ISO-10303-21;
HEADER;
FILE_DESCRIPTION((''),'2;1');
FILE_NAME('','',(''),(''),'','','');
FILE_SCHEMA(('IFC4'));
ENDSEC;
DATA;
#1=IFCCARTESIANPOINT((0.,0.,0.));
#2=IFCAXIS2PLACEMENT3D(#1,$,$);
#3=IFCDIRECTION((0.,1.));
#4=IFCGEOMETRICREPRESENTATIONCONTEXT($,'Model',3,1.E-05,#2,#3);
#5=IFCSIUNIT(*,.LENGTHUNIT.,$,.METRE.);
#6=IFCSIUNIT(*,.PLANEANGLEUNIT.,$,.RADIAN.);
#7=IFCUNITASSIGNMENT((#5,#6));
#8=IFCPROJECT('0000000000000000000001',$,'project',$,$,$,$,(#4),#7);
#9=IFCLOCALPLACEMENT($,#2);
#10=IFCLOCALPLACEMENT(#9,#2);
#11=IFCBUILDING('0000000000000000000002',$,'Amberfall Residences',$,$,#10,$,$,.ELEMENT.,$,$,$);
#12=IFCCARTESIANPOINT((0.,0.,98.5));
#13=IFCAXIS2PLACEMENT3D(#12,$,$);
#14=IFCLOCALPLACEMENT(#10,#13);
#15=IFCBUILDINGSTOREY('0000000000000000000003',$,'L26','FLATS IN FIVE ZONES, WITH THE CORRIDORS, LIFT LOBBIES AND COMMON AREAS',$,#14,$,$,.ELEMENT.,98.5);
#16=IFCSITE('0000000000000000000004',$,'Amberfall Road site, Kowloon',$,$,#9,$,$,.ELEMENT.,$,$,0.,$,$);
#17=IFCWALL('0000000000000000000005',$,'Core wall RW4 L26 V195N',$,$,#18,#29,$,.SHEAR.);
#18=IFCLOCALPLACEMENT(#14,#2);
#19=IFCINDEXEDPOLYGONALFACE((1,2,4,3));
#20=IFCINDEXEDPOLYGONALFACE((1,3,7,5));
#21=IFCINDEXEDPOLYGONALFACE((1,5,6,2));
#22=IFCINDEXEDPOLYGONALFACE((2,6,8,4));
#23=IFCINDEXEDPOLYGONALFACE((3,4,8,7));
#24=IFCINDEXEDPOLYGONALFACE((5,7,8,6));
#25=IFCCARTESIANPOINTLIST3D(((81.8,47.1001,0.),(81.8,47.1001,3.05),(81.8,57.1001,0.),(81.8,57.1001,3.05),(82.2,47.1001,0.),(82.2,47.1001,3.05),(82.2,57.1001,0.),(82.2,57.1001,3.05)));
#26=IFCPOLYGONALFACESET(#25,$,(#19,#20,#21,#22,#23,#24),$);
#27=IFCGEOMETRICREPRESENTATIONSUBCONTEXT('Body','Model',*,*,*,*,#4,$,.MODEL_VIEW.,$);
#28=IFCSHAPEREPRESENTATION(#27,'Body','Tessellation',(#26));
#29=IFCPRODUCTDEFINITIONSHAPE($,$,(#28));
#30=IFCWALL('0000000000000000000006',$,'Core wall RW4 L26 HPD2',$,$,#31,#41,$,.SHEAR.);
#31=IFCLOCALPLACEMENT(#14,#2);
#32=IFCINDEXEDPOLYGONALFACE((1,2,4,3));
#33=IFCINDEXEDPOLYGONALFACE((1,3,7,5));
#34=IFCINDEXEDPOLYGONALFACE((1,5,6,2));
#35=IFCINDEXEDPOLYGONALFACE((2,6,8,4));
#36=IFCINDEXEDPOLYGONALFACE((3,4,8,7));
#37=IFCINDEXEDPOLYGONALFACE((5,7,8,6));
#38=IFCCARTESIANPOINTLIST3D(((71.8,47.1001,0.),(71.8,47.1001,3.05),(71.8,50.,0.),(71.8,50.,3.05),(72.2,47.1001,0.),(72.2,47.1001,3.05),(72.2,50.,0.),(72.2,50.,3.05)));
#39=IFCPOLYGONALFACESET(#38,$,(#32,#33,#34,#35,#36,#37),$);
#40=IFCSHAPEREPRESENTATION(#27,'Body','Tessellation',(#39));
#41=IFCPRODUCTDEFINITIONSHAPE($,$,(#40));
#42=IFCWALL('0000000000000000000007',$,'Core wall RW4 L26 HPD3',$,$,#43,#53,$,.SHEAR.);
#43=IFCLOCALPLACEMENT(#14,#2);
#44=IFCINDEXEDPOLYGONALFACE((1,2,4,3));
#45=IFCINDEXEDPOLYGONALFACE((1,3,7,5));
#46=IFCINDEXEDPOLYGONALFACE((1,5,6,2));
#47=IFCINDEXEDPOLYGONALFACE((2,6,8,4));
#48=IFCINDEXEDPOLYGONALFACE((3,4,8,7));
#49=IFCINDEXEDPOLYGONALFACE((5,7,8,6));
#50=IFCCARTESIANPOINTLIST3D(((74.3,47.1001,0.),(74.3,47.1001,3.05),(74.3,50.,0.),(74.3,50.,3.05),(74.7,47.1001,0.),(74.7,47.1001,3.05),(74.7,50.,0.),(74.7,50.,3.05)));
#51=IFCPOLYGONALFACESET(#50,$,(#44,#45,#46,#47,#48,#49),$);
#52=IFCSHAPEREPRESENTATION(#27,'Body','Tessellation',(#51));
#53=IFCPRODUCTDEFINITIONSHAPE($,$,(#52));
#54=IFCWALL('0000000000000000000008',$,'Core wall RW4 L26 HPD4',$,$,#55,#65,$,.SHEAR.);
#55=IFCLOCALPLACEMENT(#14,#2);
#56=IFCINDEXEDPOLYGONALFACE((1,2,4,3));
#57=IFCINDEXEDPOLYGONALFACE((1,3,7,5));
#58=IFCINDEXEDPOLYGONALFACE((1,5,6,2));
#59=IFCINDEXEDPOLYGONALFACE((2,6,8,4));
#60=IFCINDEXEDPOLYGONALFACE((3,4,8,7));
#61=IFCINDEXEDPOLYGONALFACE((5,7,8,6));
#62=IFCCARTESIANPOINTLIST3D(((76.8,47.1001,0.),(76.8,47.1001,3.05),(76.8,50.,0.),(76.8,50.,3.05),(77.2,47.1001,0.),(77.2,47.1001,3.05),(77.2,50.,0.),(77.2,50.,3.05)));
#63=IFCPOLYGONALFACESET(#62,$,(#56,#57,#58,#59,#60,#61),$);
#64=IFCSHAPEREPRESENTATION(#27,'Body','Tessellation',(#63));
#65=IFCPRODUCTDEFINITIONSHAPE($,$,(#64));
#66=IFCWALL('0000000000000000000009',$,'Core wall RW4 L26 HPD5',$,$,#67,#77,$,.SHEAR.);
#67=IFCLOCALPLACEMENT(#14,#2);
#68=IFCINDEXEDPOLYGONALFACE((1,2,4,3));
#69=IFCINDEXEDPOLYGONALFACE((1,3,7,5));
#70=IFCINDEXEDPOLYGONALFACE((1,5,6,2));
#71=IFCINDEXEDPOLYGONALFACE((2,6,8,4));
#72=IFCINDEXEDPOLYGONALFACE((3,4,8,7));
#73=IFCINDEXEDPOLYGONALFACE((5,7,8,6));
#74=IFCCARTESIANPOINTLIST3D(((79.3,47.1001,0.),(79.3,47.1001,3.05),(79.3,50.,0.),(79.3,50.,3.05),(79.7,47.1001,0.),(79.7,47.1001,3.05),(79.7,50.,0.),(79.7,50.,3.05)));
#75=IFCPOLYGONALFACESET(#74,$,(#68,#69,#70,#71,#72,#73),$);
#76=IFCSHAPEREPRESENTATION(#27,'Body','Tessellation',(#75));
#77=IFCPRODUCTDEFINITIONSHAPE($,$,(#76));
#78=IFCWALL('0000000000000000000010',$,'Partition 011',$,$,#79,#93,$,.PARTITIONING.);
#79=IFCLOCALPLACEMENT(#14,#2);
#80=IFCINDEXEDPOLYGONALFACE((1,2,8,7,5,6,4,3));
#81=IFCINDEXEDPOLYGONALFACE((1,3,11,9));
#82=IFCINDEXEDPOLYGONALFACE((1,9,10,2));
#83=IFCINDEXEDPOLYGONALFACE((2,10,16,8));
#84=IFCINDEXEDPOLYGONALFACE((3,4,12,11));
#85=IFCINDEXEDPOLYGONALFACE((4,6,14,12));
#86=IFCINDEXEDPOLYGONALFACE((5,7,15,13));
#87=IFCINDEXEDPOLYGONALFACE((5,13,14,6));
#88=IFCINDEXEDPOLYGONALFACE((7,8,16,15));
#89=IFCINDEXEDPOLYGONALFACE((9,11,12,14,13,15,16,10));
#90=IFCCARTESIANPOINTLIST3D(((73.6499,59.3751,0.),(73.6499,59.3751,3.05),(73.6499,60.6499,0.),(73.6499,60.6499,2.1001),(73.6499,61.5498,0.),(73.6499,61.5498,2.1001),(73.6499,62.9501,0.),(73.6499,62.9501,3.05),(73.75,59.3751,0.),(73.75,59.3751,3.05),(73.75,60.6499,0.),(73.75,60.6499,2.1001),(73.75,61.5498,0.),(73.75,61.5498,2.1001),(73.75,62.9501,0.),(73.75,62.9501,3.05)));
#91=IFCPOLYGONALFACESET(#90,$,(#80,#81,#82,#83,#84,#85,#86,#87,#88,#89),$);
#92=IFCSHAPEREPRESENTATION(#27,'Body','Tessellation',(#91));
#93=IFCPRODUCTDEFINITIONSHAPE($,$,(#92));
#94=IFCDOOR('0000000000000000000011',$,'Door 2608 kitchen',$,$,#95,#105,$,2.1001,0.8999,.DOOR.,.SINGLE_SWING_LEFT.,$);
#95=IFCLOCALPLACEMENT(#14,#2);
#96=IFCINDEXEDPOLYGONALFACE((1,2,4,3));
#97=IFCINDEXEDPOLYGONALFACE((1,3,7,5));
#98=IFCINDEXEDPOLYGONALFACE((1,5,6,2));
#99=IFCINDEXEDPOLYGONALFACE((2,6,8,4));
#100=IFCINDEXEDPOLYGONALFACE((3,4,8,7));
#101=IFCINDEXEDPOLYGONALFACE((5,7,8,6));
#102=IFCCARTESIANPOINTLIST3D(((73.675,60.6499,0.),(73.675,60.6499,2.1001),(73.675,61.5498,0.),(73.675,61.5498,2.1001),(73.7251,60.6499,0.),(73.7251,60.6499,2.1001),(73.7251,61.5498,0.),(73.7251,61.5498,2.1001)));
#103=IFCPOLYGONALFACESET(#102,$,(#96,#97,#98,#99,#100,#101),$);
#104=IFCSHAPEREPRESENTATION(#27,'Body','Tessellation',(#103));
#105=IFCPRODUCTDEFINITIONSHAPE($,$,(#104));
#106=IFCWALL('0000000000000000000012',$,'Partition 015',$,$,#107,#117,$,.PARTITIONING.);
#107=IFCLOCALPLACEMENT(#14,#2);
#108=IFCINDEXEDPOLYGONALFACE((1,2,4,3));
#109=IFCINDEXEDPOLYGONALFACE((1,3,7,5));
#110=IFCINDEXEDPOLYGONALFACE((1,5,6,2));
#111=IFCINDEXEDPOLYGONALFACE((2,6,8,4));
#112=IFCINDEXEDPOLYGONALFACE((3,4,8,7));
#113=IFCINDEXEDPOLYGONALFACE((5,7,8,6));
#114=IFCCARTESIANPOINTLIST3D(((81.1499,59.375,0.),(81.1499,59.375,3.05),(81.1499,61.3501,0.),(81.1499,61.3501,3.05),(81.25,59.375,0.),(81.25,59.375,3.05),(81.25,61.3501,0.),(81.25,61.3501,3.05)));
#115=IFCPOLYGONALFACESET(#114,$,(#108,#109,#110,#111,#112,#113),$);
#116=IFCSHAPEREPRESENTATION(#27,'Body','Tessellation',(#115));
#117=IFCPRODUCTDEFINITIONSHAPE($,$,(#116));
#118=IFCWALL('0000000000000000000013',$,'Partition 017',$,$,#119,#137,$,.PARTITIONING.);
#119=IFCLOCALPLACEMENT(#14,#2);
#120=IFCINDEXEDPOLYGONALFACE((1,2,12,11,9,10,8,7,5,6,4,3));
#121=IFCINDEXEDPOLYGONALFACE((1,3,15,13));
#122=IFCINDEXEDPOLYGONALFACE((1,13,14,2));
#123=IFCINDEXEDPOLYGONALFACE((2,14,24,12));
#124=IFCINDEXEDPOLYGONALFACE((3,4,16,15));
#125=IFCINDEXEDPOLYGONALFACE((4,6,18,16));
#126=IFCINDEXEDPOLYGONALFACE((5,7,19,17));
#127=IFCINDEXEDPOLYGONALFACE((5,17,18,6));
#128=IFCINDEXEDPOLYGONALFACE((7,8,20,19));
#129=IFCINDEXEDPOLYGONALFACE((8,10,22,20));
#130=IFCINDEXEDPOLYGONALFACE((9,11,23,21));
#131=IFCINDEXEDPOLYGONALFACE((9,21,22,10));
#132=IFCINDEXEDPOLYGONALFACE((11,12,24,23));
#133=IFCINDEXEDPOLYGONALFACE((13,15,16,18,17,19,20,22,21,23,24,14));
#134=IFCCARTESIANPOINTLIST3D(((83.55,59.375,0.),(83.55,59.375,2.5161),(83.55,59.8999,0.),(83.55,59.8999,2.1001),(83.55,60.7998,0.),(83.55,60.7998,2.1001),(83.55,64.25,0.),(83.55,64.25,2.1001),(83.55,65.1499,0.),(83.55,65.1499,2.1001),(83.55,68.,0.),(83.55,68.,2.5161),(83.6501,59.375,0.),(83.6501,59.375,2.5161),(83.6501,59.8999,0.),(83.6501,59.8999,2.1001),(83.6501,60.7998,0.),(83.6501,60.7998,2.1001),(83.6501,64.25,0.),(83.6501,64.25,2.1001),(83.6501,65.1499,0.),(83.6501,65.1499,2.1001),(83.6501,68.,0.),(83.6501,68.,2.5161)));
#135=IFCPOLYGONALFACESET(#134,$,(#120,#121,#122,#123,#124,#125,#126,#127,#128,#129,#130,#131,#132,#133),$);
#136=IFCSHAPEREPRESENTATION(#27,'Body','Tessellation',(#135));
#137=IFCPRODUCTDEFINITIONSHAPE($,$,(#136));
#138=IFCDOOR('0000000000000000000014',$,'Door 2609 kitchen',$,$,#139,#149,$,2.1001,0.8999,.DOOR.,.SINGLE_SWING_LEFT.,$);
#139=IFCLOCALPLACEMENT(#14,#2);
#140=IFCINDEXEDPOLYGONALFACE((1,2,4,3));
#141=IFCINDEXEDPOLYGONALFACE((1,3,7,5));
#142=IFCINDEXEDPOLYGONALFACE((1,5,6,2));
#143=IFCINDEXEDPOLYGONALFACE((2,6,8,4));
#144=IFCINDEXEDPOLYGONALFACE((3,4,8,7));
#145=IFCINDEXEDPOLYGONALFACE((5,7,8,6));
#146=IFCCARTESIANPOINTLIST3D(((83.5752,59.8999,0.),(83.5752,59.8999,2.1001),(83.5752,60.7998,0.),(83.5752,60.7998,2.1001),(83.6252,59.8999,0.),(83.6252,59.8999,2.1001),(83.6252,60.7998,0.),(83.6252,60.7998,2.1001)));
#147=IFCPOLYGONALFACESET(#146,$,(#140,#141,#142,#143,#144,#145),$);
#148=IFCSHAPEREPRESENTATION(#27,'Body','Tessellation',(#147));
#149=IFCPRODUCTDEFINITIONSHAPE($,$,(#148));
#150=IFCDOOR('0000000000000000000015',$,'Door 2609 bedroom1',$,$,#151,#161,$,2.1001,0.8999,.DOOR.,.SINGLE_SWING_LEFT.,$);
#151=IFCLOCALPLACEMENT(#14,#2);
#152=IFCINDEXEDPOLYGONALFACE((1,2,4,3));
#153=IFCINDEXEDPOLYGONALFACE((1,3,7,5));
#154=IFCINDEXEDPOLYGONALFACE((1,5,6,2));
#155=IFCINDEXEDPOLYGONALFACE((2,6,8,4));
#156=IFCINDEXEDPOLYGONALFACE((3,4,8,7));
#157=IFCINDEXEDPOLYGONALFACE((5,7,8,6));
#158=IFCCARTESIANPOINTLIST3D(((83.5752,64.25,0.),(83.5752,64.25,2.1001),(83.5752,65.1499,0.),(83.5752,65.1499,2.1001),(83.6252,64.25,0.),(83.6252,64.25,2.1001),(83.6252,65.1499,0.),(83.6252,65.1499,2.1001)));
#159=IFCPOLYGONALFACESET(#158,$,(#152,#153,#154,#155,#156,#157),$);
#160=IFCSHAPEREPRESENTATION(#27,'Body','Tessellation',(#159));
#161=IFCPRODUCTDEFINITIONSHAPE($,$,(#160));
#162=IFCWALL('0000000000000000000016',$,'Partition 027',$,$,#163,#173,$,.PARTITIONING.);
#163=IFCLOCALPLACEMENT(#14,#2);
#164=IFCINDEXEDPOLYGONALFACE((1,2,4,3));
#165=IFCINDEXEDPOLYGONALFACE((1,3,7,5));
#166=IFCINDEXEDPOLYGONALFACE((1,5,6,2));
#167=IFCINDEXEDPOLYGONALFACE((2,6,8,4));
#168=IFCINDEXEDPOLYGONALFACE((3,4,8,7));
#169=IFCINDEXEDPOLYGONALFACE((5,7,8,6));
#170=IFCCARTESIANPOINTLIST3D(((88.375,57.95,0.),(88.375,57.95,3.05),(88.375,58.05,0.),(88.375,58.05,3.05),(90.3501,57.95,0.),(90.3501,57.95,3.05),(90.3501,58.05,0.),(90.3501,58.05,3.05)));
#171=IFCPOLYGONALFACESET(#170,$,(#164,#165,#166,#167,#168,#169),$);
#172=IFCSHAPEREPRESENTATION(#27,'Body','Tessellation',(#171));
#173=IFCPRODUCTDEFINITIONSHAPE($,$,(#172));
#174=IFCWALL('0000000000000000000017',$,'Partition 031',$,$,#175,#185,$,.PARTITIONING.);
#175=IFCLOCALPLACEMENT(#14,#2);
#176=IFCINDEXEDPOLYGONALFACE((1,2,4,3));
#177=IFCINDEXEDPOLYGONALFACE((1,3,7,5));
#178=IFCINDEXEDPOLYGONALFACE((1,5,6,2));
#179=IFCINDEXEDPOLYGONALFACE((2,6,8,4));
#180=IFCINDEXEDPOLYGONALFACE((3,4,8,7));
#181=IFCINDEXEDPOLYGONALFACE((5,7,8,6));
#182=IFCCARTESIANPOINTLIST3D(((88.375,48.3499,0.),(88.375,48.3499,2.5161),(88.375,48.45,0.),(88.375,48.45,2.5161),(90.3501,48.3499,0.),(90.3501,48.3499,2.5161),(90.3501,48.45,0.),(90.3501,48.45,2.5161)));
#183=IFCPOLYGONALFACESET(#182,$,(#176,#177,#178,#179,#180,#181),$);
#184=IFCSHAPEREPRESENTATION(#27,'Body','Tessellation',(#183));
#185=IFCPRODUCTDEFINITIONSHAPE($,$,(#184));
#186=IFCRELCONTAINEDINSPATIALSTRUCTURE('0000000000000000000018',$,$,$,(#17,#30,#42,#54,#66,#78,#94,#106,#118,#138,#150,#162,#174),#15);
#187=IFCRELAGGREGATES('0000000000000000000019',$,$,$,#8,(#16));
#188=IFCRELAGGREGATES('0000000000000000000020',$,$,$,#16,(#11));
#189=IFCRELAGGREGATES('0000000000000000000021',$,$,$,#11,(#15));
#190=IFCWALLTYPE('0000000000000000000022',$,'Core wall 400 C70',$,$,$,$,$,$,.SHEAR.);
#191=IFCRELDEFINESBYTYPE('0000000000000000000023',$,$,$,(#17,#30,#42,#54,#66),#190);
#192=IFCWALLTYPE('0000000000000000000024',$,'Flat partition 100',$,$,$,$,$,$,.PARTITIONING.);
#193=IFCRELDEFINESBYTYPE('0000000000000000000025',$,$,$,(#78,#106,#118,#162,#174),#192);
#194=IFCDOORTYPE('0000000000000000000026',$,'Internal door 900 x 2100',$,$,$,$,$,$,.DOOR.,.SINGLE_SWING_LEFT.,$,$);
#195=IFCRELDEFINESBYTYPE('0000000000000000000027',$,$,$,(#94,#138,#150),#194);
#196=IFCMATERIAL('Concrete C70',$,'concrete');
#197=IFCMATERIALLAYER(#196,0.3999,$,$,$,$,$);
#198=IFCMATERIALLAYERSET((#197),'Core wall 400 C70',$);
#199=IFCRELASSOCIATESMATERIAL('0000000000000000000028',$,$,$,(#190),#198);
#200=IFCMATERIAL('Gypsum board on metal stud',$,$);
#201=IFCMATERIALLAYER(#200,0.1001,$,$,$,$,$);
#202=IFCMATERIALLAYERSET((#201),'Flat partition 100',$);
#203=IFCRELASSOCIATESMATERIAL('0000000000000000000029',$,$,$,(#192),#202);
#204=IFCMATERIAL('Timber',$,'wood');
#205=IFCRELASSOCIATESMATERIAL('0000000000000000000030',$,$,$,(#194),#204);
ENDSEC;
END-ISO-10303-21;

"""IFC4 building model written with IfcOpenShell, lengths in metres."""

from ifc_helpers import new_model, si_unit, direction, frame, frame_2d, origin, place, context, subcontext, project, spatial, rectangle, extrude, material, layer, layer_set, type_object, element, fill, save


model = new_model("IFC4")

# Units and contexts
model_context = context("Model", 3, precision=1e-05, world=origin(), true_north=direction((0.0, 1.0)))
body_context = subcontext(model_context, "Body", "Model", "MODEL_VIEW")
ifc_project = project(units=[si_unit("LENGTHUNIT", "METRE"), si_unit("PLANEANGLEUNIT", "RADIAN")], contexts=[model_context])

# Site, building, storey
site_placement = place(None, origin())
site = spatial("IfcSite", under=ifc_project, at=site_placement, Name="Amberfall Road site, Kowloon", CompositionType="ELEMENT", RefElevation=0.0)
building_placement = place(site_placement, origin())
building = spatial("IfcBuilding", under=site, at=building_placement, Name="Amberfall Residences", CompositionType="ELEMENT")
storey_placement = place(building_placement, frame((0.0, 0.0, 98.5)))
storey = spatial("IfcBuildingStorey", under=building, at=storey_placement, Name="L26", Description="FLATS IN FIVE ZONES, WITH THE CORRIDORS, LIFT LOBBIES AND COMMON AREAS", CompositionType="ELEMENT", Elevation=98.5)

# Walls
ifc_material_1 = material(Name="Concrete C70", Category="concrete")
ifc_layer_1 = layer(ifc_material_1, 0.3999)
ifc_layer_set_1 = layer_set([ifc_layer_1], Name="Core wall 400 C70")
wall_type_1 = type_object("IfcWallType", Name="Core wall 400 C70", PredefinedType="SHEAR", material=ifc_layer_set_1)
wall_1_placement = place(storey_placement, frame((82.0, 47.1001, 0.0), z_axis=(0.0, 0.0, 1.0), x_axis=(0.0, 1.0, 0.0)))
element("IfcWall", 1, at=wall_1_placement, inside=storey, type_object=wall_type_1, Name="Core wall RW4 L26 V195N", PredefinedType="SHEAR", context=body_context, shape_type="SweptSolid", body=[
    extrude(rectangle(XDim=10.0, YDim=0.3999, at=frame_2d((5.0, 0.0))), origin(), (0.0, 0.0, 1.0), 3.05),
])
for number, where, z_axis, x_axis, name in (
    (2, (72.0, 47.1001, 0.0), (0.0, 0.0, 1.0), (0.0, 1.0, 0.0), "Core wall RW4 L26 HPD2"),
    (3, (74.5, 47.1001, 0.0), (0.0, 0.0, 1.0), (0.0, 1.0, 0.0), "Core wall RW4 L26 HPD3"),
    (4, (77.0, 47.1001, 0.0), (0.0, 0.0, 1.0), (0.0, 1.0, 0.0), "Core wall RW4 L26 HPD4"),
    (5, (79.5, 47.1001, 0.0), (0.0, 0.0, 1.0), (0.0, 1.0, 0.0), "Core wall RW4 L26 HPD5"),
):
    element("IfcWall", number, at=place(storey_placement, frame(where, z_axis=z_axis, x_axis=x_axis)), inside=storey, type_object=wall_type_1, Name=name, PredefinedType="SHEAR", context=body_context, shape_type="SweptSolid", body=[
        extrude(rectangle(XDim=2.8999, YDim=0.3999, at=frame_2d((1.45, 0.0))), origin(), (0.0, 0.0, 1.0), 3.05),
    ])

# Wall, opening, door
ifc_material_2 = material(Name="Gypsum board on metal stud")
ifc_layer_2 = layer(ifc_material_2, 0.1001)
ifc_layer_set_2 = layer_set([ifc_layer_2], Name="Flat partition 100")
wall_type_2 = type_object("IfcWallType", Name="Flat partition 100", PredefinedType="PARTITIONING", material=ifc_layer_set_2)
wall_2_placement = place(storey_placement, frame((73.7, 59.375, 0.0), z_axis=(0.0, 0.0, 1.0), x_axis=(0.0, 1.0, 0.0)))
wall_2 = element("IfcWall", 6, at=wall_2_placement, inside=storey, type_object=wall_type_2, Name="Partition 011", PredefinedType="PARTITIONING", context=body_context, shape_type="SweptSolid", body=[
    extrude(rectangle(XDim=3.575, YDim=0.1001, at=frame_2d((1.7876, 0.0))), origin(), (0.0, 0.0, 1.0), 3.05),
])
opening_1_placement = place(wall_2_placement, frame((1.2749, 0.0, 0.0)))
opening_1 = element("IfcOpeningElement", 7, at=opening_1_placement, cuts=wall_2, PredefinedType="OPENING", context=body_context, shape_type="SweptSolid", body=[
    extrude(rectangle(XDim=0.8999, YDim=2.1001, at=frame_2d((0.45, 1.05))), frame((0.0, 0.0601, 0.0), z_axis=(0.0, -1.0, 0.0), x_axis=(1.0, 0.0, 0.0)), (0.0, 0.0, 1.0), 0.1201),
])
ifc_material_3 = material(Name="Timber", Category="wood")
door_type = type_object("IfcDoorType", Name="Internal door 900 x 2100", OperationType="SINGLE_SWING_LEFT", PredefinedType="DOOR", material=ifc_material_3)
door_1_placement = place(opening_1_placement, origin())
door_1 = element("IfcDoor", 8, at=door_1_placement, inside=storey, type_object=door_type, Name="Door 2608 kitchen", OperationType="SINGLE_SWING_LEFT", OverallHeight=2.1001, OverallWidth=0.8999, PredefinedType="DOOR", context=body_context, shape_type="SweptSolid", body=[
    extrude(rectangle(XDim=0.8999, YDim=2.1001, at=frame_2d((0.45, 1.05))), frame((0.0, 0.0249, 0.0), z_axis=(0.0, -1.0, 0.0), x_axis=(1.0, 0.0, 0.0)), (0.0, 0.0, 1.0), 0.05),
])
fill(opening_1, door_1)

# Wall
wall_3_placement = place(storey_placement, frame((81.2, 59.375, 0.0), z_axis=(0.0, 0.0, 1.0), x_axis=(0.0, 1.0, 0.0)))
element("IfcWall", 9, at=wall_3_placement, inside=storey, type_object=wall_type_2, Name="Partition 015", PredefinedType="PARTITIONING", context=body_context, shape_type="SweptSolid", body=[
    extrude(rectangle(XDim=1.9751, YDim=0.1001, at=frame_2d((0.9875, 0.0))), origin(), (0.0, 0.0, 1.0), 3.05),
])

# Wall, openings, doors
wall_4_placement = place(storey_placement, frame((83.6001, 59.375, 0.0), z_axis=(0.0, 0.0, 1.0), x_axis=(0.0, 1.0, 0.0)))
wall_4 = element("IfcWall", 10, at=wall_4_placement, inside=storey, type_object=wall_type_2, Name="Partition 017", PredefinedType="PARTITIONING", context=body_context, shape_type="SweptSolid", body=[
    extrude(rectangle(XDim=8.625, YDim=0.1001, at=frame_2d((4.3125, 0.0))), origin(), (0.0, 0.0, 1.0), 2.5161),
])
opening_2_placement = place(wall_4_placement, frame((0.5249, 0.0, 0.0)))
opening_2 = element("IfcOpeningElement", 11, at=opening_2_placement, cuts=wall_4, PredefinedType="OPENING", context=body_context, shape_type="SweptSolid", body=[
    extrude(rectangle(XDim=0.8999, YDim=2.1001, at=frame_2d((0.45, 1.05))), frame((0.0, 0.0601, 0.0), z_axis=(0.0, -1.0, 0.0), x_axis=(1.0, 0.0, 0.0)), (0.0, 0.0, 1.0), 0.1201),
])
opening_3_placement = place(wall_4_placement, frame((4.875, 0.0, 0.0)))
opening_3 = element("IfcOpeningElement", 12, at=opening_3_placement, cuts=wall_4, PredefinedType="OPENING", context=body_context, shape_type="SweptSolid", body=[
    extrude(rectangle(XDim=0.8999, YDim=2.1001, at=frame_2d((0.45, 1.05))), frame((0.0, 0.0601, 0.0), z_axis=(0.0, -1.0, 0.0), x_axis=(1.0, 0.0, 0.0)), (0.0, 0.0, 1.0), 0.1201),
])
door_2_placement = place(opening_2_placement, origin())
door_2 = element("IfcDoor", 13, at=door_2_placement, inside=storey, type_object=door_type, Name="Door 2609 kitchen", OperationType="SINGLE_SWING_LEFT", OverallHeight=2.1001, OverallWidth=0.8999, PredefinedType="DOOR", context=body_context, shape_type="SweptSolid", body=[
    extrude(rectangle(XDim=0.8999, YDim=2.1001, at=frame_2d((0.45, 1.05))), frame((0.0, 0.0249, 0.0), z_axis=(0.0, -1.0, 0.0), x_axis=(1.0, 0.0, 0.0)), (0.0, 0.0, 1.0), 0.05),
])
fill(opening_2, door_2)
door_3_placement = place(opening_3_placement, origin())
door_3 = element("IfcDoor", 14, at=door_3_placement, inside=storey, type_object=door_type, Name="Door 2609 bedroom1", OperationType="SINGLE_SWING_LEFT", OverallHeight=2.1001, OverallWidth=0.8999, PredefinedType="DOOR", context=body_context, shape_type="SweptSolid", body=[
    extrude(rectangle(XDim=0.8999, YDim=2.1001, at=frame_2d((0.45, 1.05))), frame((0.0, 0.0249, 0.0), z_axis=(0.0, -1.0, 0.0), x_axis=(1.0, 0.0, 0.0)), (0.0, 0.0, 1.0), 0.05),
])
fill(opening_3, door_3)

# Walls
wall_5_placement = place(storey_placement, frame((88.375, 58.0, 0.0), z_axis=(0.0, 0.0, 1.0), x_axis=(1.0, 0.0, 0.0)))
element("IfcWall", 15, at=wall_5_placement, inside=storey, type_object=wall_type_2, Name="Partition 027", PredefinedType="PARTITIONING", context=body_context, shape_type="SweptSolid", body=[
    extrude(rectangle(XDim=1.9751, YDim=0.1001, at=frame_2d((0.9875, 0.0))), origin(), (0.0, 0.0, 1.0), 3.05),
])
wall_6_placement = place(storey_placement, frame((88.375, 48.3999, 0.0), z_axis=(0.0, 0.0, 1.0), x_axis=(1.0, 0.0, 0.0)))
element("IfcWall", 16, at=wall_6_placement, inside=storey, type_object=wall_type_2, Name="Partition 031", PredefinedType="PARTITIONING", context=body_context, shape_type="SweptSolid", body=[
    extrude(rectangle(XDim=1.9751, YDim=0.1001, at=frame_2d((0.9875, 0.0))), origin(), (0.0, 0.0, 1.0), 2.5161),
])

save(model, "model.ifc")
